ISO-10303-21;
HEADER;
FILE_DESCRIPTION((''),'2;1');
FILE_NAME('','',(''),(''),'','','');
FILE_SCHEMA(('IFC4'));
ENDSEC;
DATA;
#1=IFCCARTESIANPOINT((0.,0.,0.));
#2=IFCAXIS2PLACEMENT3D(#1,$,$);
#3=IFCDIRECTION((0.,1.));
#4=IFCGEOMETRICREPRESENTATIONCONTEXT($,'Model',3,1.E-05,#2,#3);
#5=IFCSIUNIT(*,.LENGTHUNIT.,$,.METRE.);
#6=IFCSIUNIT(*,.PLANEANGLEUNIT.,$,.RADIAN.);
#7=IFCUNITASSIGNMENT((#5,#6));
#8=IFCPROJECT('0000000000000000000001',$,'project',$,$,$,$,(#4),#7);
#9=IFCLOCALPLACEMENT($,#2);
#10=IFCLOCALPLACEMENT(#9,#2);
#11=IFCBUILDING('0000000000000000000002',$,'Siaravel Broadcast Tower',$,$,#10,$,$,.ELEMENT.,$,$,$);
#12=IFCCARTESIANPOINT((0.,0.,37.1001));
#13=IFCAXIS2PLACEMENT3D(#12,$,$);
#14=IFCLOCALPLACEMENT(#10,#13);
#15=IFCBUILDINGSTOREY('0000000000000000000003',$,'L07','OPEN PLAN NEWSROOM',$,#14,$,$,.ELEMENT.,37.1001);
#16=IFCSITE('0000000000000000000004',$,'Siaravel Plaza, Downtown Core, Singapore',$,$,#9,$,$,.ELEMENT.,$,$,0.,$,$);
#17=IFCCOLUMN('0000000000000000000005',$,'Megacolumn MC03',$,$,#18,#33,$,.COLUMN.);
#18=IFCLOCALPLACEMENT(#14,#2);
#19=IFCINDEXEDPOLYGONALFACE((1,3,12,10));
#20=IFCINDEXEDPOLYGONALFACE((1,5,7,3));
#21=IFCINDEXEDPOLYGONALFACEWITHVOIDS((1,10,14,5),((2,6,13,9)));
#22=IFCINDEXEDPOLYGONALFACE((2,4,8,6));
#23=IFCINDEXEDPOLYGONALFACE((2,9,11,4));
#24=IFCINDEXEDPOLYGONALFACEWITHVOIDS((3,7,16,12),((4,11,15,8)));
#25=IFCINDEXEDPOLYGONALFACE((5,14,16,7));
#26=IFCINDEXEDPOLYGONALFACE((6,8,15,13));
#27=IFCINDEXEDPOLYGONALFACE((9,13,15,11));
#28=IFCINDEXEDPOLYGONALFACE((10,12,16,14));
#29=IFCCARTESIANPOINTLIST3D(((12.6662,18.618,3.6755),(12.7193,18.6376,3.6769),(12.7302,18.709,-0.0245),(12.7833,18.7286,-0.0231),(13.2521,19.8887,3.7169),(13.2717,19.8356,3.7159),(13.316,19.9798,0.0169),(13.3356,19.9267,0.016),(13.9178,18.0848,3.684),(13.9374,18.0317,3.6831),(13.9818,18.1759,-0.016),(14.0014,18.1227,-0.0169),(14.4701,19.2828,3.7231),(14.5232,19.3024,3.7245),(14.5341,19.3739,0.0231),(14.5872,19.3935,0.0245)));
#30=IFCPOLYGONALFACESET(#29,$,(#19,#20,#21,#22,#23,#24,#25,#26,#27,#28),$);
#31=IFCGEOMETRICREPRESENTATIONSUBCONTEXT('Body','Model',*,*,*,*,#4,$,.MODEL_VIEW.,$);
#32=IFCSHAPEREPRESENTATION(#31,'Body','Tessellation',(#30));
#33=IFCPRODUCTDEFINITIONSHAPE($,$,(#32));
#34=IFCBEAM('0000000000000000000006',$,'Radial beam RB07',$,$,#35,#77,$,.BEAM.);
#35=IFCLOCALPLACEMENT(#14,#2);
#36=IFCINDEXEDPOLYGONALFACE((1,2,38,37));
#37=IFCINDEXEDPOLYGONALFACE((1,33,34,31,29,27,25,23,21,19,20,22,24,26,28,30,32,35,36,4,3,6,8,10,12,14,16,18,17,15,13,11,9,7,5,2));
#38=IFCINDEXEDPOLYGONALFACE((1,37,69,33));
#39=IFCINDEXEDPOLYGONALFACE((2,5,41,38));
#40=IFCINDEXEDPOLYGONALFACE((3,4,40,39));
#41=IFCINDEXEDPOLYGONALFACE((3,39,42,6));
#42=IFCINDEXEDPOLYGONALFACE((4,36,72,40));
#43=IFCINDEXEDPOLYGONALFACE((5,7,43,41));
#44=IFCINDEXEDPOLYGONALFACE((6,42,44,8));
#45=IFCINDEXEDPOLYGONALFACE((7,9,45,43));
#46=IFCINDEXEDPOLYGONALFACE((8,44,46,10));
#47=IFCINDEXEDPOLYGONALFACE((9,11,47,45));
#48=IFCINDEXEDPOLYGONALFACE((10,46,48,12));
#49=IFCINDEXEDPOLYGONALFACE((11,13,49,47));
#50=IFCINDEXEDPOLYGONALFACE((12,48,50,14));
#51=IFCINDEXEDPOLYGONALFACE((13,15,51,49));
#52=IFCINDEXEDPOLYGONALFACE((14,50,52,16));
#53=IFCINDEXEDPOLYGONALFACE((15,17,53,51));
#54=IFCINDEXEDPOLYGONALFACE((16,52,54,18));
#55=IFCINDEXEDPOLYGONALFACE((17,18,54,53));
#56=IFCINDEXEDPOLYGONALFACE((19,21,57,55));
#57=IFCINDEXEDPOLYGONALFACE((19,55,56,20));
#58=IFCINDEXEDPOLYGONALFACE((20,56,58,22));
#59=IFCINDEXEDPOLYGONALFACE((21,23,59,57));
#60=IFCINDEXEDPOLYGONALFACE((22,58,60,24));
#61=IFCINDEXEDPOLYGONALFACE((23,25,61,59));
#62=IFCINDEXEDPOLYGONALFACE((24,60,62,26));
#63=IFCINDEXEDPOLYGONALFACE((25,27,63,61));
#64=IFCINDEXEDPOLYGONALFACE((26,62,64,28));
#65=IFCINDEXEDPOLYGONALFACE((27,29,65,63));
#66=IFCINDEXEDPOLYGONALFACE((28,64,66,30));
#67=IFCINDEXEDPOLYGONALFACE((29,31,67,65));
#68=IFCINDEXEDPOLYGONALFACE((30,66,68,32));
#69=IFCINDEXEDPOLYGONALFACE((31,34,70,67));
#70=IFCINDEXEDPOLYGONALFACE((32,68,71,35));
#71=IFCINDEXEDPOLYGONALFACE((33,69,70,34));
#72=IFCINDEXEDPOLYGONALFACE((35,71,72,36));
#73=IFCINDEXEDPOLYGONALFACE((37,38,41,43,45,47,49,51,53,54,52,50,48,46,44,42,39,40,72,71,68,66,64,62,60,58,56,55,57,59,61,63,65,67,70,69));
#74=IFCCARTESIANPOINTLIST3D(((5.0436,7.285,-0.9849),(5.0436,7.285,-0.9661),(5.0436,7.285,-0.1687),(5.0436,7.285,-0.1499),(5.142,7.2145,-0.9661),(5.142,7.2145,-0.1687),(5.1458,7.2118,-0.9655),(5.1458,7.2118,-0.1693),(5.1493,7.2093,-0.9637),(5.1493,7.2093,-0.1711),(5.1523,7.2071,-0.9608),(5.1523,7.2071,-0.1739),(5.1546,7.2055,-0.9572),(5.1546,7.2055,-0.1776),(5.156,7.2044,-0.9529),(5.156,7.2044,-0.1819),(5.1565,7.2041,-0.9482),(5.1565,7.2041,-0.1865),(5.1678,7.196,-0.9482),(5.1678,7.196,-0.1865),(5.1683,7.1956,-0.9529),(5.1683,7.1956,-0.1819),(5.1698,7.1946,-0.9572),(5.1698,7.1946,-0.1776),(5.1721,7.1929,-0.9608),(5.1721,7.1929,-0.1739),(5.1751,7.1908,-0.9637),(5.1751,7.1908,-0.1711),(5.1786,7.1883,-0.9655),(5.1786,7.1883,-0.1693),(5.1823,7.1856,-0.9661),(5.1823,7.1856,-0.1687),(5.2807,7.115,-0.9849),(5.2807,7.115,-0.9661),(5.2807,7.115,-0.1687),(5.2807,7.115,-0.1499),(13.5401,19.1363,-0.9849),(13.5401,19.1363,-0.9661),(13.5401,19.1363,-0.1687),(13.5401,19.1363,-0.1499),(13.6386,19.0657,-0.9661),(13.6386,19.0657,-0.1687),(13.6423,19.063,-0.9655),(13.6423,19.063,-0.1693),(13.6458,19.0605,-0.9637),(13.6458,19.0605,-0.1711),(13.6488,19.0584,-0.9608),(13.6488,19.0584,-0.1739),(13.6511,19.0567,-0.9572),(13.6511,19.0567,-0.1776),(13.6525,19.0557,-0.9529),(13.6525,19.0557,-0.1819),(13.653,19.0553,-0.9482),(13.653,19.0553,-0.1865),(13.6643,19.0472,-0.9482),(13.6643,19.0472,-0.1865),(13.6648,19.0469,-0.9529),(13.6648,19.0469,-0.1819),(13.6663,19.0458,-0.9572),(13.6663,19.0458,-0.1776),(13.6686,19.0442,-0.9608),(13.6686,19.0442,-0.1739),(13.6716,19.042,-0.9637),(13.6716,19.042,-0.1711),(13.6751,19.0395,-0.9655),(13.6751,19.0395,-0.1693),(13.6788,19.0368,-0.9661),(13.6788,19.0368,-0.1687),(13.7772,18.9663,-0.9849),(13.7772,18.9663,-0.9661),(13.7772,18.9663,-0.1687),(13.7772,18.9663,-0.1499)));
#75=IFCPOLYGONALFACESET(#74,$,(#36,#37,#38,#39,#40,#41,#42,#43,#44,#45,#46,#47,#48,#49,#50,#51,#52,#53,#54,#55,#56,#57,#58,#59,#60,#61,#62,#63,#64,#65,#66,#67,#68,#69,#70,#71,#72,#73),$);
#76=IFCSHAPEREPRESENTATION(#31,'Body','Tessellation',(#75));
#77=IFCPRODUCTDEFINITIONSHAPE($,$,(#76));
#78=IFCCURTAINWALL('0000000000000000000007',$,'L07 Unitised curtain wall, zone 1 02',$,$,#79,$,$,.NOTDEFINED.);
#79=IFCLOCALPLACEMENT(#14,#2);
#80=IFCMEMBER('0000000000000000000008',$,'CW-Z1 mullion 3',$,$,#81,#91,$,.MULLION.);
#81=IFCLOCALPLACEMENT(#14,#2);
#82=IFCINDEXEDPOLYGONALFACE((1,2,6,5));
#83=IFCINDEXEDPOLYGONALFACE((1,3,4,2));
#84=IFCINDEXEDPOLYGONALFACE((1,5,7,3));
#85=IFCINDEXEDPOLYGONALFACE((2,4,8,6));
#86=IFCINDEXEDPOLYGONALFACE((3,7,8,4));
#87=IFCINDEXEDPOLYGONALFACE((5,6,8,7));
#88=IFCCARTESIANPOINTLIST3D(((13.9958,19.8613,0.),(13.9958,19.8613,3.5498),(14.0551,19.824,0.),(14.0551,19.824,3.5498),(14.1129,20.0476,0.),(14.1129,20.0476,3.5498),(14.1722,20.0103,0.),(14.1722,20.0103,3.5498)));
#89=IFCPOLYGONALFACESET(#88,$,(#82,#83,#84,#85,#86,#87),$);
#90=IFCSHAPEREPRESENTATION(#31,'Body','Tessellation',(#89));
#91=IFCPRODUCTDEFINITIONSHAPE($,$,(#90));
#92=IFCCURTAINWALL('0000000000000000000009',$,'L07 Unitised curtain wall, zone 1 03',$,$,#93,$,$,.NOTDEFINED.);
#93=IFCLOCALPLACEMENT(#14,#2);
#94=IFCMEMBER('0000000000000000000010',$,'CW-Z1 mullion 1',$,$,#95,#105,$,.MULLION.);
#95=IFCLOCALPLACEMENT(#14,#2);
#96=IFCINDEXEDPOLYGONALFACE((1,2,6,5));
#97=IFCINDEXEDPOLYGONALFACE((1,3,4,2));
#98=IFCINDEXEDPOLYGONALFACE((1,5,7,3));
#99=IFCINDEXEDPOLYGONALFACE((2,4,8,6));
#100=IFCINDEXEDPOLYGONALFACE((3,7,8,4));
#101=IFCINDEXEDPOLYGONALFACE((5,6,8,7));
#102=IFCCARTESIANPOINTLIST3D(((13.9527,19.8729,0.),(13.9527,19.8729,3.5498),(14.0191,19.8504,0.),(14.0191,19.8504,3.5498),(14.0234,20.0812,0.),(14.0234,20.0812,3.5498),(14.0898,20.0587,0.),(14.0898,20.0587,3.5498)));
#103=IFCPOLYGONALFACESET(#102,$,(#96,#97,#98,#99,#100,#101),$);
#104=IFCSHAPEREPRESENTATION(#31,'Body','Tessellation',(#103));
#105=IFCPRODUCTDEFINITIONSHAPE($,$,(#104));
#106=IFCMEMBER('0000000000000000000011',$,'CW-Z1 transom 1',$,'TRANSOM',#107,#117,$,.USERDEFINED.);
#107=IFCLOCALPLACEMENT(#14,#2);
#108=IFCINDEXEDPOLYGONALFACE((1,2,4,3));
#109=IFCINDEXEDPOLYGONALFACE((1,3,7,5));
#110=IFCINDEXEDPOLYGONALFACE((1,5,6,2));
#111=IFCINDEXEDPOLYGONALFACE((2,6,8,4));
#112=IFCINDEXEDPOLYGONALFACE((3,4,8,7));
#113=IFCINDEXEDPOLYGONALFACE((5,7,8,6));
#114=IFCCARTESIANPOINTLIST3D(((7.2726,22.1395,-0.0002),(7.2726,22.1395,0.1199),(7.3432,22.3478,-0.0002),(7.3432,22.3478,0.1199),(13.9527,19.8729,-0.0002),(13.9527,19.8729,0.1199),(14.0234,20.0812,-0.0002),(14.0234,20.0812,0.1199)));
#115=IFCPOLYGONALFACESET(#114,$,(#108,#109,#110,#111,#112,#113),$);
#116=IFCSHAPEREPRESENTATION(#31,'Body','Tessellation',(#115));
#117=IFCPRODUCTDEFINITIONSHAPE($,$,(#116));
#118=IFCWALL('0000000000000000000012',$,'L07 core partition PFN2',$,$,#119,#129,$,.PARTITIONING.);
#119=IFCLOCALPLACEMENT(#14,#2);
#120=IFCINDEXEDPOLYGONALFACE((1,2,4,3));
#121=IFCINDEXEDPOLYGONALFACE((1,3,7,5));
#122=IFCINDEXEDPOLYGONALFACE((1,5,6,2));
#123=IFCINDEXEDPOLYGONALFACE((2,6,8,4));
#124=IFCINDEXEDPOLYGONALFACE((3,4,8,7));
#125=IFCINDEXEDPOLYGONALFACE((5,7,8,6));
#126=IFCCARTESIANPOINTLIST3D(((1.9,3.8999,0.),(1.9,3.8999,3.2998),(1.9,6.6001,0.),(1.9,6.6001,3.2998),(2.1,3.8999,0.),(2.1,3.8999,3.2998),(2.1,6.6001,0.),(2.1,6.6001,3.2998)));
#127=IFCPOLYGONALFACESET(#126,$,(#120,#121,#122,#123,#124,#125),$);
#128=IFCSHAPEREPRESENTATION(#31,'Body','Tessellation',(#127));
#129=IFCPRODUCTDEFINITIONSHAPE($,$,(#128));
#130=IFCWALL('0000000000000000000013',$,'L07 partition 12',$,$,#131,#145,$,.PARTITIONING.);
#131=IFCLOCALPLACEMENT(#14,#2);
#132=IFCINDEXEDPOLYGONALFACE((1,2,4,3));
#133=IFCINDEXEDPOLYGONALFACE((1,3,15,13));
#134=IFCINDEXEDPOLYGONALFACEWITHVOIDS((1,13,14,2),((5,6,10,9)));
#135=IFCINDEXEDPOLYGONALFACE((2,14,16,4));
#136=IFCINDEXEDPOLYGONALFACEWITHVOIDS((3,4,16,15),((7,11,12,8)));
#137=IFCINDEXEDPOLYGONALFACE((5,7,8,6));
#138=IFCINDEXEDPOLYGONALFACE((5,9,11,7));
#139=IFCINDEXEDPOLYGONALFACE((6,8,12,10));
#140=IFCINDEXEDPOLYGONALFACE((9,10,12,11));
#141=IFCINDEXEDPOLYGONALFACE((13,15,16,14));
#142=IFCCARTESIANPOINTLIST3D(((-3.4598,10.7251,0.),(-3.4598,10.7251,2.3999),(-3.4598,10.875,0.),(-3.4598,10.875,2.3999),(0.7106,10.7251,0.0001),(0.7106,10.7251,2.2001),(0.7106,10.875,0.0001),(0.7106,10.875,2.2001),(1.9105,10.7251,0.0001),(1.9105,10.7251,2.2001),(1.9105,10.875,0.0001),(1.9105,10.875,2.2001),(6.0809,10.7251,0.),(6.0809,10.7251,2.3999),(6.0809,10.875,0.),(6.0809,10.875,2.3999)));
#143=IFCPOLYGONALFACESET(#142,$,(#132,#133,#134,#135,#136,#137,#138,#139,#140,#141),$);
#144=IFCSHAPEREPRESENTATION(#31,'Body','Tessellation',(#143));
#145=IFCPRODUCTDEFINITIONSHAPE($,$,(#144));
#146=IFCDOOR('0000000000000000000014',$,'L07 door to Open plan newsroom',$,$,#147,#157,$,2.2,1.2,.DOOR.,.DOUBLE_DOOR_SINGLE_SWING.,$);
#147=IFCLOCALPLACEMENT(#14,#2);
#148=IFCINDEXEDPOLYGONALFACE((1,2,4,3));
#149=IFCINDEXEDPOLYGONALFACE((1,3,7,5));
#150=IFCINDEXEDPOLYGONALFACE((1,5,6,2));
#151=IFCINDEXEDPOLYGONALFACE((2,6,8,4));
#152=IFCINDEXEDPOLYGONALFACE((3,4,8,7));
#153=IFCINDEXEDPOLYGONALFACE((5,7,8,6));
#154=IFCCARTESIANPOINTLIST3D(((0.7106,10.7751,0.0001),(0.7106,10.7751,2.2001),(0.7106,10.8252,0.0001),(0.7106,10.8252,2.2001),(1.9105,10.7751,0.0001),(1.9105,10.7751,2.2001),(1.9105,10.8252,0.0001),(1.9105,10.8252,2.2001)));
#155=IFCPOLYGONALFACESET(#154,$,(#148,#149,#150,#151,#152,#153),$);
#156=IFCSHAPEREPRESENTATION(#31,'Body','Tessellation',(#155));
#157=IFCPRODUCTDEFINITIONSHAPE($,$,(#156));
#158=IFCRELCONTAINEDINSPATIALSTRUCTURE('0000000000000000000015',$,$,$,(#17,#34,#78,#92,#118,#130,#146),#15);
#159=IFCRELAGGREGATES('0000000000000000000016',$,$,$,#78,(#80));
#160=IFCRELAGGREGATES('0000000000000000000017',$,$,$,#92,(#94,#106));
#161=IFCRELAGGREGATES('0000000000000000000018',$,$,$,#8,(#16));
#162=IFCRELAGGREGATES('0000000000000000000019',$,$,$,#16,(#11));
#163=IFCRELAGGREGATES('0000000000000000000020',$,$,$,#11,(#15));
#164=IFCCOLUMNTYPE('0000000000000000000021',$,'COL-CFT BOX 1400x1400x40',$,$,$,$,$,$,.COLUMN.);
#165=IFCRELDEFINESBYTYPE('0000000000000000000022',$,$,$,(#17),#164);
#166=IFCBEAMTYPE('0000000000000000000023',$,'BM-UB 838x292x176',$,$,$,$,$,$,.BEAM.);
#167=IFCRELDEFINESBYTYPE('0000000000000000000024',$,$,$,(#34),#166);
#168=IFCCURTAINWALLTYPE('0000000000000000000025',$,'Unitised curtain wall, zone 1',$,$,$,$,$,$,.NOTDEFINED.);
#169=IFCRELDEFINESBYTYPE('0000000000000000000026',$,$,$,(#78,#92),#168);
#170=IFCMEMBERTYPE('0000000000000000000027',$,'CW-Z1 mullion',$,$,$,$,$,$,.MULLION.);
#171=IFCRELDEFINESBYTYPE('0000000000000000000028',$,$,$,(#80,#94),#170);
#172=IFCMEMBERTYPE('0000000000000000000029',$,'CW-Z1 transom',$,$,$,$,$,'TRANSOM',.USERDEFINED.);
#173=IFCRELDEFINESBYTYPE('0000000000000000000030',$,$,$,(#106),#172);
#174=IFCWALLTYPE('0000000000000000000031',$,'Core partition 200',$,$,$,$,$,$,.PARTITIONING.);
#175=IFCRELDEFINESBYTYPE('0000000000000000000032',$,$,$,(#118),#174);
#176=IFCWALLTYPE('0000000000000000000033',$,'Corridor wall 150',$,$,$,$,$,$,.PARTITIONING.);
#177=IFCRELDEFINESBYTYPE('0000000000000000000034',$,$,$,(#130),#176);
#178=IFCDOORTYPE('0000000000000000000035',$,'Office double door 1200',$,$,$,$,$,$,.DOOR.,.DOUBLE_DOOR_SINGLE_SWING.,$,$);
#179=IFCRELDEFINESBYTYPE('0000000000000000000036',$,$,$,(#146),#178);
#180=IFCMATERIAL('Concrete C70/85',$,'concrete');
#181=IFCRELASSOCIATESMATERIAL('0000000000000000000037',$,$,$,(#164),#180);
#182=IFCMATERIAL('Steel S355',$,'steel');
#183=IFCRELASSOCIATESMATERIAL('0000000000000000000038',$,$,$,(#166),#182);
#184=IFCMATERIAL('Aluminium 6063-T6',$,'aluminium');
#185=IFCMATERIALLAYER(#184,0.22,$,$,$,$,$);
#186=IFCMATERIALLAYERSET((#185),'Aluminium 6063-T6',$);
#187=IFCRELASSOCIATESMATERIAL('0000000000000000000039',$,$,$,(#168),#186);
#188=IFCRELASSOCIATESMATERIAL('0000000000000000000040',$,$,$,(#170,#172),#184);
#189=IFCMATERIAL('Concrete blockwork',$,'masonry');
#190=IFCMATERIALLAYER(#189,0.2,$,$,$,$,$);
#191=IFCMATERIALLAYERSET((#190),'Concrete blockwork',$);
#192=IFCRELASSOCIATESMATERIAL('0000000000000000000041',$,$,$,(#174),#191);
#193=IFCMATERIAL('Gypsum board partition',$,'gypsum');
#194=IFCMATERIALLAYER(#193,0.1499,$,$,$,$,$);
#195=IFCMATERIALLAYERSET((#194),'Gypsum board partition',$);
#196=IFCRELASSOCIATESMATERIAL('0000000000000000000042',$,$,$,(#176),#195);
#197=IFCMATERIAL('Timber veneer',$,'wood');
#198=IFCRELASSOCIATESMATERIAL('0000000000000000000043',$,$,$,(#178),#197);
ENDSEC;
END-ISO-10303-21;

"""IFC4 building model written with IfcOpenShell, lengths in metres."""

from ifc_helpers import new_model, si_unit, direction, frame, frame_2d, origin, origin_2d, place, context, subcontext, project, spatial, rectangle, hollow_rectangle, i_section, extrude, material, layer, layer_set, material_profile, profile_set, type_object, element, fill, aggregate, save


model = new_model("IFC4")

# Units and contexts
model_context = context("Model", 3, precision=1e-05, world=origin(), true_north=direction((0.0, 1.0)))
body_context = subcontext(model_context, "Body", "Model", "MODEL_VIEW")
ifc_project = project(units=[si_unit("LENGTHUNIT", "METRE"), si_unit("PLANEANGLEUNIT", "RADIAN")], contexts=[model_context])

# Site, building, storey
site_placement = place(None, origin())
site = spatial("IfcSite", under=ifc_project, at=site_placement, Name="Siaravel Plaza, Downtown Core, Singapore", CompositionType="ELEMENT", RefElevation=0.0)
building_placement = place(site_placement, origin())
building = spatial("IfcBuilding", under=site, at=building_placement, Name="Siaravel Broadcast Tower", CompositionType="ELEMENT")
storey_placement = place(building_placement, frame((0.0, 0.0, 37.1001)))
storey = spatial("IfcBuildingStorey", under=building, at=storey_placement, Name="L07", Description="OPEN PLAN NEWSROOM", CompositionType="ELEMENT", Elevation=37.1001)

# Column
ifc_material_1 = material(Name="Concrete C70/85", Category="concrete")
ifc_material_profile_1 = material_profile(ifc_material_1, hollow_rectangle(XDim=1.3999, YDim=1.3999, WallThickness=0.04, at=origin_2d()))
ifc_profile_set_1 = profile_set([ifc_material_profile_1], Name="Concrete C70/85")
column_type = type_object("IfcColumnType", Name="COL-CFT BOX 1400x1400x40", PredefinedType="COLUMN", material=ifc_profile_set_1)
column_placement = place(storey_placement, frame((13.6587, 19.0513, 0.0), z_axis=(-0.01728, -0.024601, 0.999548), x_axis=(0.908055, -0.418816, 0.00539)))
element("IfcColumn", 1, at=column_placement, inside=storey, type_object=column_type, Name="Megacolumn MC03", PredefinedType="COLUMN", context=body_context, shape_type="SweptSolid", body=[
    extrude(hollow_rectangle(XDim=1.3999, YDim=1.3999, WallThickness=0.04, at=origin_2d()), origin(), (0.0, 0.0, 1.0), 3.7017),
])

# Beam
ifc_material_2 = material(Name="Steel S355", Category="steel")
ifc_material_profile_2 = material_profile(ifc_material_2, i_section(OverallWidth=0.2917, OverallDepth=0.835, WebThickness=0.0139, FlangeThickness=0.0188, FilletRadius=0.0178, at=origin_2d()))
ifc_profile_set_2 = profile_set([ifc_material_profile_2], Name="Steel S355")
beam_type = type_object("IfcBeamType", Name="BM-UB 838x292x176", PredefinedType="BEAM", material=ifc_profile_set_2)
beam_placement = place(storey_placement, frame((13.6587, 19.0513, -0.5674), z_axis=(-0.582661, -0.812715, 0.0), x_axis=(0.812715, -0.582661, 0.0)))
element("IfcBeam", 2, at=beam_placement, inside=storey, type_object=beam_type, Name="Radial beam RB07", PredefinedType="BEAM", context=body_context, shape_type="SweptSolid", body=[
    extrude(i_section(OverallWidth=0.2917, OverallDepth=0.835, WebThickness=0.0139, FlangeThickness=0.0188, FilletRadius=0.0178, at=origin_2d()), origin(), (0.0, 0.0, 1.0), 14.5823),
])

# Curtain wall, member
ifc_material_3 = material(Name="Aluminium 6063-T6", Category="aluminium")
ifc_layer_1 = layer(ifc_material_3, 0.22)
ifc_layer_set_1 = layer_set([ifc_layer_1], Name="Aluminium 6063-T6")
curtain_wall_type = type_object("IfcCurtainWallType", Name="Unitised curtain wall, zone 1", PredefinedType="NOTDEFINED", material=ifc_layer_set_1)
curtain_wall_1_placement = place(storey_placement, origin())
curtain_wall_1 = element("IfcCurtainWall", 3, at=curtain_wall_1_placement, inside=storey, type_object=curtain_wall_type, Name="L07 Unitised curtain wall, zone 1 02", PredefinedType="NOTDEFINED")
ifc_material_profile_3 = material_profile(ifc_material_3, rectangle(XDim=0.22, YDim=0.0701, at=origin_2d()))
ifc_profile_set_3 = profile_set([ifc_material_profile_3], Name="Aluminium 6063-T6")
member_type_1 = type_object("IfcMemberType", Name="CW-Z1 mullion", PredefinedType="MULLION", material=ifc_profile_set_3)
member_1_placement = place(storey_placement, frame((14.084, 19.9358, 0.0), z_axis=(0.0, 0.0, 1.0), x_axis=(-0.532149, -0.846651, 0.0)))
member_1 = element("IfcMember", 4, at=member_1_placement, type_object=member_type_1, Name="CW-Z1 mullion 3", PredefinedType="MULLION", context=body_context, shape_type="SweptSolid", body=[
    extrude(rectangle(XDim=0.22, YDim=0.0701, at=origin_2d()), origin(), (0.0, 0.0, 1.0), 3.5498),
])
aggregate(curtain_wall_1, [member_1])

# Curtain wall, members
curtain_wall_2_placement = place(storey_placement, origin())
curtain_wall_2 = element("IfcCurtainWall", 5, at=curtain_wall_2_placement, inside=storey, type_object=curtain_wall_type, Name="L07 Unitised curtain wall, zone 1 03", PredefinedType="NOTDEFINED")
member_2_placement = place(storey_placement, frame((14.0212, 19.9658, 0.0), z_axis=(0.0, 0.0, 1.0), x_axis=(-0.321301, -0.946977, 0.0)))
member_2 = element("IfcMember", 6, at=member_2_placement, type_object=member_type_1, Name="CW-Z1 mullion 1", PredefinedType="MULLION", context=body_context, shape_type="SweptSolid", body=[
    extrude(rectangle(XDim=0.22, YDim=0.0701, at=origin_2d()), origin(), (0.0, 0.0, 1.0), 3.5498),
])
ifc_material_profile_4 = material_profile(ifc_material_3, rectangle(XDim=0.22, YDim=0.1201, at=origin_2d()))
ifc_profile_set_4 = profile_set([ifc_material_profile_4], Name="Aluminium 6063-T6")
member_type_2 = type_object("IfcMemberType", Name="CW-Z1 transom", ElementType="TRANSOM", PredefinedType="USERDEFINED", material=ifc_profile_set_4)
member_3_placement = place(storey_placement, frame((13.988, 19.9771, 0.0598), z_axis=(-0.946974, 0.321311, 0.0), x_axis=(-0.321311, -0.946974, 0.0)))
member_3 = element("IfcMember", 7, at=member_3_placement, type_object=member_type_2, Name="CW-Z1 transom 1", ObjectType="TRANSOM", PredefinedType="USERDEFINED", context=body_context, shape_type="SweptSolid", body=[
    extrude(rectangle(XDim=0.22, YDim=0.1201, at=origin_2d()), origin(), (0.0, 0.0, 1.0), 7.0542),
])
aggregate(curtain_wall_2, [member_2, member_3])

# Wall
ifc_material_4 = material(Name="Concrete blockwork", Category="masonry")
ifc_layer_2 = layer(ifc_material_4, 0.2)
ifc_layer_set_2 = layer_set([ifc_layer_2], Name="Concrete blockwork")
wall_type_1 = type_object("IfcWallType", Name="Core partition 200", PredefinedType="PARTITIONING", material=ifc_layer_set_2)
wall_1_placement = place(storey_placement, frame((2.0, 3.8999, 0.0), z_axis=(0.0, 0.0, 1.0), x_axis=(0.0, 1.0, 0.0)))
element("IfcWall", 8, at=wall_1_placement, inside=storey, type_object=wall_type_1, Name="L07 core partition PFN2", PredefinedType="PARTITIONING", context=body_context, shape_type="SweptSolid", body=[
    extrude(rectangle(XDim=2.7002, YDim=0.2, at=frame_2d((1.3501, 0.0))), origin(), (0.0, 0.0, 1.0), 3.2998),
])

# Wall, opening, door
ifc_material_5 = material(Name="Gypsum board partition", Category="gypsum")
ifc_layer_3 = layer(ifc_material_5, 0.1499)
ifc_layer_set_3 = layer_set([ifc_layer_3], Name="Gypsum board partition")
wall_type_2 = type_object("IfcWallType", Name="Corridor wall 150", PredefinedType="PARTITIONING", material=ifc_layer_set_3)
wall_2_placement = place(storey_placement, frame((6.0811, 10.8, 0.0), z_axis=(0.0, 0.0, 1.0), x_axis=(-1.0, 0.0, 0.0)))
wall_2 = element("IfcWall", 9, at=wall_2_placement, inside=storey, type_object=wall_type_2, Name="L07 partition 12", PredefinedType="PARTITIONING", context=body_context, shape_type="SweptSolid", body=[
    extrude(rectangle(XDim=9.5408, YDim=0.1499, at=frame_2d((4.7705, 0.0))), origin(), (0.0, 0.0, 1.0), 2.3999),
])
opening_1_placement = place(wall_2_placement, frame((4.1704, 0.0, 0.0)))
opening_1 = element("IfcOpeningElement", 10, at=opening_1_placement, cuts=wall_2, PredefinedType="OPENING", context=body_context, shape_type="SweptSolid", body=[
    extrude(rectangle(XDim=1.2, YDim=2.2, at=frame_2d((0.6001, 1.1001))), frame((0.0, 0.085, 0.0), z_axis=(0.0, -1.0, 0.0), x_axis=(1.0, 0.0, 0.0)), (0.0, 0.0, 1.0), 0.1699),
])
ifc_material_6 = material(Name="Timber veneer", Category="wood")
door_type_1 = type_object("IfcDoorType", Name="Office double door 1200", OperationType="DOUBLE_DOOR_SINGLE_SWING", PredefinedType="DOOR", material=ifc_material_6)
door_1_placement = place(opening_1_placement, origin())
door_1 = element("IfcDoor", 11, at=door_1_placement, inside=storey, type_object=door_type_1, Name="L07 door to Open plan newsroom", OperationType="DOUBLE_DOOR_SINGLE_SWING", OverallHeight=2.2, OverallWidth=1.2, PredefinedType="DOOR", context=body_context, shape_type="SweptSolid", body=[
    extrude(rectangle(XDim=1.2, YDim=2.2, at=frame_2d((0.6001, 1.1001))), frame((0.0, 0.0249, 0.0), z_axis=(0.0, -1.0, 0.0), x_axis=(1.0, 0.0, 0.0)), (0.0, 0.0, 1.0), 0.05),
])
fill(opening_1, door_1)

save(model, "model.ifc")
